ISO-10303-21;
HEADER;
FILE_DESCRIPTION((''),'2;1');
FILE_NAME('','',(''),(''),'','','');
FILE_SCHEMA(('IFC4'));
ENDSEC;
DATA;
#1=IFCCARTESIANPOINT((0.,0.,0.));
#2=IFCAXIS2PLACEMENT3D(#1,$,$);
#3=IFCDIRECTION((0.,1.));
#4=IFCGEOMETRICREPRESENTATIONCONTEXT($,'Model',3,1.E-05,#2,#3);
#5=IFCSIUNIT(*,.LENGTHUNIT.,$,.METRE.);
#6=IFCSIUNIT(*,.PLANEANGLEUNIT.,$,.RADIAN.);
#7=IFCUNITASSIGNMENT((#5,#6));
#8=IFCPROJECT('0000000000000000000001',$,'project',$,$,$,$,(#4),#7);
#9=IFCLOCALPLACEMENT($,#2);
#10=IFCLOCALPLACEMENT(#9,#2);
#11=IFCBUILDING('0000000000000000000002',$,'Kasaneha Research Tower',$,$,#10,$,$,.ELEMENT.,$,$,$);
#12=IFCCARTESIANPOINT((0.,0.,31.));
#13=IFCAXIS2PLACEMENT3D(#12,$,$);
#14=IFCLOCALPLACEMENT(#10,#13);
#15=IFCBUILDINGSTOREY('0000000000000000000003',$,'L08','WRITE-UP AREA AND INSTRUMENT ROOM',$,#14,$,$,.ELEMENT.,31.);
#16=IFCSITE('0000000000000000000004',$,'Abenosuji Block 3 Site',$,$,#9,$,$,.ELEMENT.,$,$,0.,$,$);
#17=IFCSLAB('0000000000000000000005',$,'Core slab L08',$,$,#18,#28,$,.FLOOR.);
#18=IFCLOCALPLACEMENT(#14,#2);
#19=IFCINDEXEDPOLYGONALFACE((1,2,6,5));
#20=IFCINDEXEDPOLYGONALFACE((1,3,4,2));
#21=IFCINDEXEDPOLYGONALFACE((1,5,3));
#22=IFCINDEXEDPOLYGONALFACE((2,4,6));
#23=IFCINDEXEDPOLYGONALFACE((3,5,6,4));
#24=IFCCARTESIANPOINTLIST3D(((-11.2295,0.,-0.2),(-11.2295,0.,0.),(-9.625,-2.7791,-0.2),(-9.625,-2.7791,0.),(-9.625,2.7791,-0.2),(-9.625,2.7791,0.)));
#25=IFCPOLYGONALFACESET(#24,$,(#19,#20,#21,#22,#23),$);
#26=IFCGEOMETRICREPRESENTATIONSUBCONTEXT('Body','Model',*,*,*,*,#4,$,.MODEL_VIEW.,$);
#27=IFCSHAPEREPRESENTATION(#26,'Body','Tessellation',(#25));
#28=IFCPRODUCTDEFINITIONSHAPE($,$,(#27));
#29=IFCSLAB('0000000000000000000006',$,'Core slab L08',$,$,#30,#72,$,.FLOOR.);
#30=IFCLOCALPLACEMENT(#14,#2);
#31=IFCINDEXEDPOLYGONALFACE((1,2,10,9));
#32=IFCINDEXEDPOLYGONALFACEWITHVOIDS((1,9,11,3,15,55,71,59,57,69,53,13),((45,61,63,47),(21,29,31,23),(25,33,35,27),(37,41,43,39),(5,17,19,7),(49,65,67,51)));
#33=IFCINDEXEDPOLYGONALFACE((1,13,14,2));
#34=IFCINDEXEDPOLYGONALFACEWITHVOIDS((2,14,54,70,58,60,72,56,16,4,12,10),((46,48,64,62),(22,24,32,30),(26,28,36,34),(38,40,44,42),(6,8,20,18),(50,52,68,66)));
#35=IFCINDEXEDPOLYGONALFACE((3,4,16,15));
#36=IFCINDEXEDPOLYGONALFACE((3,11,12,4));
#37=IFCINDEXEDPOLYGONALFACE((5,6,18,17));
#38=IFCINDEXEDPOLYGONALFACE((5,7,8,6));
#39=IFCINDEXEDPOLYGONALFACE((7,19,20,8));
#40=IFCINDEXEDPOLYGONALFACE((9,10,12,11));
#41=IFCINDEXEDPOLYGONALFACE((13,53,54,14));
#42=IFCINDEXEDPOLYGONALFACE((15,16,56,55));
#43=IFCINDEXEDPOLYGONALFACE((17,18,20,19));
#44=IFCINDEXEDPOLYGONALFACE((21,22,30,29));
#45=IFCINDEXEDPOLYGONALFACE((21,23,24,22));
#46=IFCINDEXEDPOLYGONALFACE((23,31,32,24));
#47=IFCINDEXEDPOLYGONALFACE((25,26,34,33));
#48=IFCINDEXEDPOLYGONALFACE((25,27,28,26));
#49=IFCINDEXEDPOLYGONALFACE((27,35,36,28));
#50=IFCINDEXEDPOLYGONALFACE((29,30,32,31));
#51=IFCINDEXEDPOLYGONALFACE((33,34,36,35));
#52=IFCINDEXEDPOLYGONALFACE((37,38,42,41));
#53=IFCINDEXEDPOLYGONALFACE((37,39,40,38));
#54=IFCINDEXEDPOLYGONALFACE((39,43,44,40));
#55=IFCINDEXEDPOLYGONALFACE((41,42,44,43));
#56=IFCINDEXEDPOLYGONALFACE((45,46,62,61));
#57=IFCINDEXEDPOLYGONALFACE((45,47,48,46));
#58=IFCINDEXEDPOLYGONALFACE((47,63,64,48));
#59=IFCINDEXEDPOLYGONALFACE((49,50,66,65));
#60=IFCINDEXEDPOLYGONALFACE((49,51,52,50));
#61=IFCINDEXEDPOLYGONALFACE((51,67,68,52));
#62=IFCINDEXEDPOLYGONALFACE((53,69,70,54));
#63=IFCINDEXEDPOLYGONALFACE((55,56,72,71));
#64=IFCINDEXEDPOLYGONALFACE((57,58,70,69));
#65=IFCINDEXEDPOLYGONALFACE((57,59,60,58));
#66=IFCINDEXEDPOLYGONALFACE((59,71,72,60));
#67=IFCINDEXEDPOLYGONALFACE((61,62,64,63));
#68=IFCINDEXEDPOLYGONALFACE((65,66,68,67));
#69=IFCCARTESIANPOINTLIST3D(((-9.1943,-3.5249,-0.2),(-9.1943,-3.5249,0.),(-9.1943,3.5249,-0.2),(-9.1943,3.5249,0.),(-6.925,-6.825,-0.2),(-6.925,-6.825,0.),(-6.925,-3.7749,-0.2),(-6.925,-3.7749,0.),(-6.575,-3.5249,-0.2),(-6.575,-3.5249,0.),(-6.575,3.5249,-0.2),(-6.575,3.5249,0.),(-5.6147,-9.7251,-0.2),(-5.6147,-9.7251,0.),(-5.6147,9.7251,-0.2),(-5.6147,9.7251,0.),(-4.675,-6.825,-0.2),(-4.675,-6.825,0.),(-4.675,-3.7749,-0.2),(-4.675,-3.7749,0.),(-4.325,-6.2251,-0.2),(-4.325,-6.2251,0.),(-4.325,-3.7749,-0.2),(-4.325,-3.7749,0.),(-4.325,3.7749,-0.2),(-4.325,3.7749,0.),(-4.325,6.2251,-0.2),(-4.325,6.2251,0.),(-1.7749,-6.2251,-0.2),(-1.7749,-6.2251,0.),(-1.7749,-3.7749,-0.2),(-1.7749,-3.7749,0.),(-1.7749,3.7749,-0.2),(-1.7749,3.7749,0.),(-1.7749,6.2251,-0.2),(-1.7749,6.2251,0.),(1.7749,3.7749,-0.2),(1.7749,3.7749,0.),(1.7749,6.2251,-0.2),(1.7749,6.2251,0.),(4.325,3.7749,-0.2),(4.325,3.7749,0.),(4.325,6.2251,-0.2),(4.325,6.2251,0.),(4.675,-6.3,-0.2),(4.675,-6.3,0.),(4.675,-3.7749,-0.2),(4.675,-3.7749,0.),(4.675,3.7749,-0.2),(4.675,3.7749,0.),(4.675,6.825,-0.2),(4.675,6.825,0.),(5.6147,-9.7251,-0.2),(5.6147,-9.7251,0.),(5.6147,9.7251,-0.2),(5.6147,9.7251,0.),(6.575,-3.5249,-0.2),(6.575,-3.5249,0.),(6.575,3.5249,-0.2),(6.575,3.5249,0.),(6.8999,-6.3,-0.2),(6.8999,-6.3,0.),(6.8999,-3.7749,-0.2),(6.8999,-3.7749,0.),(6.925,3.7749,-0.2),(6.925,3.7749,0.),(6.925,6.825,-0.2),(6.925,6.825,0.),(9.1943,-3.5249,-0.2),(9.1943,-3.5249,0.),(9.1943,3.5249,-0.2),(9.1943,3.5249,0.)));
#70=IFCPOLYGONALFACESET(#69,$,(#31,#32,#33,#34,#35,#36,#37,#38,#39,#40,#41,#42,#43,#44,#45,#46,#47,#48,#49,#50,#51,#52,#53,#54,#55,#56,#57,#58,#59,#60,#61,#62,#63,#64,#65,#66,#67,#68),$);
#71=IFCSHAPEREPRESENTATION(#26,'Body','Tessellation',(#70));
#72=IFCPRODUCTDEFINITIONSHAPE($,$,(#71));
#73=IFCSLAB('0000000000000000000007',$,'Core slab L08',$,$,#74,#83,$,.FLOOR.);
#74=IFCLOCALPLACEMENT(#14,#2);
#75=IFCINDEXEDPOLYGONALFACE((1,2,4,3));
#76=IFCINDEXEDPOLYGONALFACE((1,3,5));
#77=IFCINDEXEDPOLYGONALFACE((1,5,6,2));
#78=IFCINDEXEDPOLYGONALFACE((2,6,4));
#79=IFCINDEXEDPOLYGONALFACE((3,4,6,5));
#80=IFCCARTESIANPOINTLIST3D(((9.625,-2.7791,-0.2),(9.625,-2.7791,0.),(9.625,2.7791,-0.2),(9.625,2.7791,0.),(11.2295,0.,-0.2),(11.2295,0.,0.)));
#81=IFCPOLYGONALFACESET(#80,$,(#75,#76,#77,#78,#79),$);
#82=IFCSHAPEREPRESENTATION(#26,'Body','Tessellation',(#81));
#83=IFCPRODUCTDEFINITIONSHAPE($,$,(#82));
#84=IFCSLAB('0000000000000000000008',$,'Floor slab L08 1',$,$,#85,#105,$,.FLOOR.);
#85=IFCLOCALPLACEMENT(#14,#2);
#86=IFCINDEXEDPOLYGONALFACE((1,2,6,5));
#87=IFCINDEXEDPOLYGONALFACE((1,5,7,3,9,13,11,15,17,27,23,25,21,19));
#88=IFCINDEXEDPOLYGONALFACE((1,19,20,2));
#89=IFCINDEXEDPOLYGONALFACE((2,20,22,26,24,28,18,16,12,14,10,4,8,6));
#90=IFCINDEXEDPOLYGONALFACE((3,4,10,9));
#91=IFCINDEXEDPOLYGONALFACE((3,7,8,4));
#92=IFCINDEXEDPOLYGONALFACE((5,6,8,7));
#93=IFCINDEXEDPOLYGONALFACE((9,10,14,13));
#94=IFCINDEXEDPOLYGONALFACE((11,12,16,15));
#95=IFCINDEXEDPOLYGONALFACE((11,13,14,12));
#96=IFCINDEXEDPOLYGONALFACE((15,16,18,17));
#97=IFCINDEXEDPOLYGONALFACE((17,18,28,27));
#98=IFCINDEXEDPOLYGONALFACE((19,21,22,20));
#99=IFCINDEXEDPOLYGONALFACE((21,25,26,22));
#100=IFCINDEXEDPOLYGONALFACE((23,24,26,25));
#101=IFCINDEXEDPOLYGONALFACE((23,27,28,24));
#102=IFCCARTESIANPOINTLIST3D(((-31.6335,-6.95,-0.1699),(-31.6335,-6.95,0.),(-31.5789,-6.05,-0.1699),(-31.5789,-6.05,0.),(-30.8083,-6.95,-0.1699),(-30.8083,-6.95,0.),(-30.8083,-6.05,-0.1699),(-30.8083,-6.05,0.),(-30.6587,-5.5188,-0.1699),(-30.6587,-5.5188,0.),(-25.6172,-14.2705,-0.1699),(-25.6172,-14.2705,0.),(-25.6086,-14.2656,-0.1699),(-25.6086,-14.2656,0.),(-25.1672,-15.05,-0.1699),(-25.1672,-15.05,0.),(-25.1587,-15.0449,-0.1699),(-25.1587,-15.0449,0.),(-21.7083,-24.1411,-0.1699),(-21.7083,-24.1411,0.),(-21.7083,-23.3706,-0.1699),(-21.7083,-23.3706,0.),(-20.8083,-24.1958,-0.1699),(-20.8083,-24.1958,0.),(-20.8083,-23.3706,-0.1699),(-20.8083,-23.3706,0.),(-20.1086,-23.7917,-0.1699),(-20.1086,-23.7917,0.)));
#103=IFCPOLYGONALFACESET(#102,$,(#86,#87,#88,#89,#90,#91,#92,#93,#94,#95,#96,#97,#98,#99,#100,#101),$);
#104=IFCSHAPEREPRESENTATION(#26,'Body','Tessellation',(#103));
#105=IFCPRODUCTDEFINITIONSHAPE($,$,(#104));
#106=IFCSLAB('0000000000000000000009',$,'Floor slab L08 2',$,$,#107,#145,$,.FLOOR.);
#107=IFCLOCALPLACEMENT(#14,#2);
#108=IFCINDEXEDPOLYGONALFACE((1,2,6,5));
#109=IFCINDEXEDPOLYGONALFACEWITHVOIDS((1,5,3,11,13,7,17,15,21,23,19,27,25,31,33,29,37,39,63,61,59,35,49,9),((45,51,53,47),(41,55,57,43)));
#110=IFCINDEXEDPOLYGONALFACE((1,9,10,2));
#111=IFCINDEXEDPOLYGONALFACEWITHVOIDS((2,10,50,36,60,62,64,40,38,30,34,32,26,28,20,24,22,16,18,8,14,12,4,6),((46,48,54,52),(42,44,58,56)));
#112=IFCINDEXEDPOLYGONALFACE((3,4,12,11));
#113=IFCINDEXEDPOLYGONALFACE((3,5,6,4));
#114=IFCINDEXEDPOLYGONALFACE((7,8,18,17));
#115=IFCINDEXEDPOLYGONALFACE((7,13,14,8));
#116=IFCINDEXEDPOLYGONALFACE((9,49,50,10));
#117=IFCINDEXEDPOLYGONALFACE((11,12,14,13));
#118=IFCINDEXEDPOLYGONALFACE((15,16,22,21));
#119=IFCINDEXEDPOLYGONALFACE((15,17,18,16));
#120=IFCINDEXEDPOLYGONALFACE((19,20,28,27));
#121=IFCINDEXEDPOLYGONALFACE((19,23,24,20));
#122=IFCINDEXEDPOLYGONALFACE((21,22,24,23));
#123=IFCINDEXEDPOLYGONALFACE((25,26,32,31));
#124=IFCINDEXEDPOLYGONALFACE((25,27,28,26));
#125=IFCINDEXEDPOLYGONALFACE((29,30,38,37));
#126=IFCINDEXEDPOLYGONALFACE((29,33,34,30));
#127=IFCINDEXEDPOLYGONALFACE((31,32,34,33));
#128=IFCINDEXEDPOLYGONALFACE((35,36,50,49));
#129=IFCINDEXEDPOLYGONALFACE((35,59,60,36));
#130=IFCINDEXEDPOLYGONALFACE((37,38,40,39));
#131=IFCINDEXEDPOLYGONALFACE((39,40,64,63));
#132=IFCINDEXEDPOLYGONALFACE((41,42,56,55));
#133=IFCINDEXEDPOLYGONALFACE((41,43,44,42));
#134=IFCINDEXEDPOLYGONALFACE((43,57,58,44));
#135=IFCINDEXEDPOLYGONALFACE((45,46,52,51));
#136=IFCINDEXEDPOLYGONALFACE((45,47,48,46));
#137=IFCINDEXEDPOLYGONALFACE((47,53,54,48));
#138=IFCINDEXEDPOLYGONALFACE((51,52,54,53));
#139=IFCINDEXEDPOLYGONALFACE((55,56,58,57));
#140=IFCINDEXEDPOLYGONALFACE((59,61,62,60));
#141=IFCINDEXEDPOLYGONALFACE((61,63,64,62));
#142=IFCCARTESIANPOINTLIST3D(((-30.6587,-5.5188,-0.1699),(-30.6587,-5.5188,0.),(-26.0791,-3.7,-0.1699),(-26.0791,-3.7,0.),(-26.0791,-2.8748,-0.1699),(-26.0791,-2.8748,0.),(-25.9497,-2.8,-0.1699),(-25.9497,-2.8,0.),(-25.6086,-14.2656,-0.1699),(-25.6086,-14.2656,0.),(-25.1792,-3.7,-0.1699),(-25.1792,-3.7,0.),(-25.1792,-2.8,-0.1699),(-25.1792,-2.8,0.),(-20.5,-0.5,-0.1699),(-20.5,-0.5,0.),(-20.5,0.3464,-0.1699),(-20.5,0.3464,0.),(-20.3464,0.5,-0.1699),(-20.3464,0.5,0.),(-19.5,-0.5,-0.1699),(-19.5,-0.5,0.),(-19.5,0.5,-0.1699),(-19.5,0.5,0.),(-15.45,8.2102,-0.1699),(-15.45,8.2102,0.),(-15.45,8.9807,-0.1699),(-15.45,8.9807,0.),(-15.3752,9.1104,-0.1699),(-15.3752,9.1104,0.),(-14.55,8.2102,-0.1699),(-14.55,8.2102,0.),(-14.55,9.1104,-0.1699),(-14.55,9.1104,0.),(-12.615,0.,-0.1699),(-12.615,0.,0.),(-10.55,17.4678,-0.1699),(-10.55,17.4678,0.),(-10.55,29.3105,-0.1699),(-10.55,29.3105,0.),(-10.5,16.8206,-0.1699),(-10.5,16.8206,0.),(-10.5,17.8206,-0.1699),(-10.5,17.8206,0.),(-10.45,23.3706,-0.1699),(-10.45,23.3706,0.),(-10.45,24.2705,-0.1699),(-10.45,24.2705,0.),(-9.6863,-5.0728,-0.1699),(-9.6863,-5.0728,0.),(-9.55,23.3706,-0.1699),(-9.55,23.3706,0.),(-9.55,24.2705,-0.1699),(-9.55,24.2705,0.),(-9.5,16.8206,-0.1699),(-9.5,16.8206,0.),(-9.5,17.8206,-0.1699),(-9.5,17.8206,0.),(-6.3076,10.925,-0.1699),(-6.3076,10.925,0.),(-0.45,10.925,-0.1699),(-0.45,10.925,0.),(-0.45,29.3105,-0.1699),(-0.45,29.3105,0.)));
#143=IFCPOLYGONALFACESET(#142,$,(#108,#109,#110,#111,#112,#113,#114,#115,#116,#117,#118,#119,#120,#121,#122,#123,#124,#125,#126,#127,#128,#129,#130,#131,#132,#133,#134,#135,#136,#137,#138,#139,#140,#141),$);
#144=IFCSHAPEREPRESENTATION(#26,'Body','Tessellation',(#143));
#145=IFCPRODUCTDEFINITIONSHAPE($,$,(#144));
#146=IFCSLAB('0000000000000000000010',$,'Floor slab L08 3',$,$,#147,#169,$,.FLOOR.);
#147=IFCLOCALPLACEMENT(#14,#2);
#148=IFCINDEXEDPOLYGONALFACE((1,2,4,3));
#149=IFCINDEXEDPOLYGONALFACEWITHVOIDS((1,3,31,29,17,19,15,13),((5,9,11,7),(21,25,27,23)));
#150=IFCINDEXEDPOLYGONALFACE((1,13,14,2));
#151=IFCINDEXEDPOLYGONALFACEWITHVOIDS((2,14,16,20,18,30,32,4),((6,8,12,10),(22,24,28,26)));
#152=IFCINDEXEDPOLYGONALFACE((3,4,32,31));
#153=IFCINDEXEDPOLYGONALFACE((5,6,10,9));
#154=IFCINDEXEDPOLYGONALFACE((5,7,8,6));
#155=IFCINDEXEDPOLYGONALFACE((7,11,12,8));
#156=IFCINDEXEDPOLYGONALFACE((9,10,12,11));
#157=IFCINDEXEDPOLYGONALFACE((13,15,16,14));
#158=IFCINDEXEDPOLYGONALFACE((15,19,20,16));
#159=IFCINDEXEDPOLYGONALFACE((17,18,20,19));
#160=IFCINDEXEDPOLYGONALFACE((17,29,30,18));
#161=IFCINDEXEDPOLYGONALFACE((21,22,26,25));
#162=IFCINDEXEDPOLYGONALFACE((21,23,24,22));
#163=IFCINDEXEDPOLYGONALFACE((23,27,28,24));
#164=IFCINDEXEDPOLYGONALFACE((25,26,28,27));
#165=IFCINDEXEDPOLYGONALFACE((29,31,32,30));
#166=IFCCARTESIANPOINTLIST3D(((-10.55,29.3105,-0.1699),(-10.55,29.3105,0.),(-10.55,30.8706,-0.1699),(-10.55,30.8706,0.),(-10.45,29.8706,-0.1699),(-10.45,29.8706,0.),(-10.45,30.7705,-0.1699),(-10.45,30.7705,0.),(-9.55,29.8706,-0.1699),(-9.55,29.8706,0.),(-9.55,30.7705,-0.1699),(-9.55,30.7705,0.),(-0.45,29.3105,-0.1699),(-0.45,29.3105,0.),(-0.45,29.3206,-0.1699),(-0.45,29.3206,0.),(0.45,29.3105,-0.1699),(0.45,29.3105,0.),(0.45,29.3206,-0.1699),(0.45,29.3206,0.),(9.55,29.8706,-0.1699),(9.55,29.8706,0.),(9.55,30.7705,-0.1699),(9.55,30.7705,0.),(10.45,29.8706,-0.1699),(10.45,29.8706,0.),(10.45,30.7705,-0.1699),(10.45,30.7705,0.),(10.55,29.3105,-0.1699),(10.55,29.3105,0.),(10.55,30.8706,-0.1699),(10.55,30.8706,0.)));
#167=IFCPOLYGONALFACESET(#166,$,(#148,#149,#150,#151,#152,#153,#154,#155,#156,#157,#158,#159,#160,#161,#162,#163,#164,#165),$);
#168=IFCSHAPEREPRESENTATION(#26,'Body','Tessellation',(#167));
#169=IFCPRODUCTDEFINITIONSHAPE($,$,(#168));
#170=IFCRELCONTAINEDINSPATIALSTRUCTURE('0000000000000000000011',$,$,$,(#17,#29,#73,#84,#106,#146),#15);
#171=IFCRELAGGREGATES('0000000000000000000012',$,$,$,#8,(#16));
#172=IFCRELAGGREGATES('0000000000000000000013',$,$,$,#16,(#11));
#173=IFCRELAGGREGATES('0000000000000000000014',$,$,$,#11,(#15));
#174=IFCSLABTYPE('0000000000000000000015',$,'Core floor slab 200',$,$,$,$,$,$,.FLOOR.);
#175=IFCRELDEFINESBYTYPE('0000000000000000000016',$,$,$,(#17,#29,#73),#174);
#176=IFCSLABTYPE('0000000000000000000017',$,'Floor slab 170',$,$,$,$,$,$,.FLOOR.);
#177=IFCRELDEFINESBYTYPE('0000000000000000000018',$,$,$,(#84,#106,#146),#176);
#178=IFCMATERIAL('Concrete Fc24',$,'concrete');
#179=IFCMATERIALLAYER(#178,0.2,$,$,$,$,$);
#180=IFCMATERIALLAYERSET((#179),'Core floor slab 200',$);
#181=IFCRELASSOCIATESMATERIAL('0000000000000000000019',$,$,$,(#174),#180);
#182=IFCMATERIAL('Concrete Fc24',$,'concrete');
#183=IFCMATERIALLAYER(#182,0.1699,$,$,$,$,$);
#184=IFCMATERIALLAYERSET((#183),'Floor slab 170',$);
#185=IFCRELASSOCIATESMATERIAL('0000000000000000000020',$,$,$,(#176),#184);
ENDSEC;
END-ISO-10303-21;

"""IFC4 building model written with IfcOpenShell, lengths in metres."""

from ifc_helpers import new_model, si_unit, direction, frame, origin, place, context, subcontext, project, spatial, polyline, outline, extrude, material, layer, layer_set, type_object, element, save


model = new_model("IFC4")

# Units and contexts
model_context = context("Model", 3, precision=1e-05, world=origin(), true_north=direction((0.0, 1.0)))
body_context = subcontext(model_context, "Body", "Model", "MODEL_VIEW")
ifc_project = project(units=[si_unit("LENGTHUNIT", "METRE"), si_unit("PLANEANGLEUNIT", "RADIAN")], contexts=[model_context])

# Site, building, storey
site_placement = place(None, origin())
site = spatial("IfcSite", under=ifc_project, at=site_placement, Name="Abenosuji Block 3 Site", CompositionType="ELEMENT", RefElevation=0.0)
building_placement = place(site_placement, origin())
building = spatial("IfcBuilding", under=site, at=building_placement, Name="Kasaneha Research Tower", CompositionType="ELEMENT")
storey_placement = place(building_placement, frame((0.0, 0.0, 31.0)))
storey = spatial("IfcBuildingStorey", under=building, at=storey_placement, Name="L08", Description="WRITE-UP AREA AND INSTRUMENT ROOM", CompositionType="ELEMENT", Elevation=31.0)

# Slabs
ifc_material_1 = material(Name="Concrete Fc24", Category="concrete")
ifc_layer_1 = layer(ifc_material_1, 0.2)
ifc_layer_set_1 = layer_set([ifc_layer_1], Name="Core floor slab 200")
slab_type_1 = type_object("IfcSlabType", Name="Core floor slab 200", PredefinedType="FLOOR", material=ifc_layer_set_1)
slab_1_placement = place(storey_placement, frame((0.0, 0.0, -0.2)))
element("IfcSlab", 1, at=slab_1_placement, inside=storey, type_object=slab_type_1, Name="Core slab L08", PredefinedType="FLOOR", context=body_context, shape_type="SweptSolid", body=[
    extrude(outline(polyline([(-11.2295, 0.0), (-9.625, 2.7791), (-9.625, -2.7791), (-11.2295, 0.0)])), origin(), (0.0, 0.0, 1.0), 0.2),
])
slab_2_placement = place(storey_placement, frame((0.0, 0.0, -0.2)))
element("IfcSlab", 2, at=slab_2_placement, inside=storey, type_object=slab_type_1, Name="Core slab L08", PredefinedType="FLOOR", context=body_context, shape_type="SweptSolid", body=[
    extrude(outline(polyline([(-5.6147, 9.7251), (5.6147, 9.7251), (9.1943, 3.5249), (6.575, 3.5249), (6.575, -3.5249), (9.1943, -3.5249), (5.6147, -9.7251), (-5.6147, -9.7251), (-9.1943, -3.5249), (-6.575, -3.5249), (-6.575, 3.5249), (-9.1943, 3.5249), (-5.6147, 9.7251)]), holes=[polyline([(-6.925, -3.7749), (-6.925, -6.825), (-4.675, -6.825), (-4.675, -3.7749), (-6.925, -3.7749)]), polyline([(4.675, -3.7749), (4.675, -6.3), (6.8999, -6.3), (6.8999, -3.7749), (4.675, -3.7749)]), polyline([(-4.325, -3.7749), (-4.325, -6.2251), (-1.7749, -6.2251), (-1.7749, -3.7749), (-4.325, -3.7749)]), polyline([(-4.325, 6.2251), (-4.325, 3.7749), (-1.7749, 3.7749), (-1.7749, 6.2251), (-4.325, 6.2251)]), polyline([(1.7749, 6.2251), (1.7749, 3.7749), (4.325, 3.7749), (4.325, 6.2251), (1.7749, 6.2251)]), polyline([(4.675, 6.825), (4.675, 3.7749), (6.925, 3.7749), (6.925, 6.825), (4.675, 6.825)])]), origin(), (0.0, 0.0, 1.0), 0.2),
])
slab_3_placement = place(storey_placement, frame((0.0, 0.0, -0.2)))
element("IfcSlab", 3, at=slab_3_placement, inside=storey, type_object=slab_type_1, Name="Core slab L08", PredefinedType="FLOOR", context=body_context, shape_type="SweptSolid", body=[
    extrude(outline(polyline([(11.2295, 0.0), (9.625, -2.7791), (9.625, 2.7791), (11.2295, 0.0)])), origin(), (0.0, 0.0, 1.0), 0.2),
])
ifc_material_2 = material(Name="Concrete Fc24", Category="concrete")
ifc_layer_2 = layer(ifc_material_2, 0.1699)
ifc_layer_set_2 = layer_set([ifc_layer_2], Name="Floor slab 170")
slab_type_2 = type_object("IfcSlabType", Name="Floor slab 170", PredefinedType="FLOOR", material=ifc_layer_set_2)
slab_4_placement = place(storey_placement, frame((0.0, 0.0, -0.1699)))
element("IfcSlab", 4, at=slab_4_placement, inside=storey, type_object=slab_type_2, Name="Floor slab L08 1", PredefinedType="FLOOR", context=body_context, shape_type="SweptSolid", body=[
    extrude(outline(polyline([(-25.1672, -15.05), (-25.1587, -15.0449), (-20.1086, -23.7917), (-20.8083, -24.1958), (-20.8083, -23.3706), (-21.7083, -23.3706), (-21.7083, -24.1411), (-31.6335, -6.95), (-30.8083, -6.95), (-30.8083, -6.05), (-31.5789, -6.05), (-30.6587, -5.5188), (-25.6086, -14.2656), (-25.6172, -14.2705), (-25.1672, -15.05)])), origin(), (0.0, 0.0, 1.0), 0.1699),
])
slab_5_placement = place(storey_placement, frame((0.0, 0.0, -0.1699)))
element("IfcSlab", 5, at=slab_5_placement, inside=storey, type_object=slab_type_2, Name="Floor slab L08 2", PredefinedType="FLOOR", context=body_context, shape_type="SweptSolid", body=[
    extrude(outline(polyline([(-25.1792, -2.8), (-25.9497, -2.8), (-20.5, 0.3464), (-20.5, -0.5), (-19.5, -0.5), (-19.5, 0.5), (-20.3464, 0.5), (-15.45, 8.9807), (-15.45, 8.2102), (-14.55, 8.2102), (-14.55, 9.1104), (-15.3752, 9.1104), (-10.55, 17.4678), (-10.55, 29.3105), (-0.45, 29.3105), (-0.45, 10.925), (-6.3076, 10.925), (-12.615, 0.0), (-9.6863, -5.0728), (-25.6086, -14.2656), (-30.6587, -5.5188), (-26.0791, -2.8748), (-26.0791, -3.7), (-25.1792, -3.7), (-25.1792, -2.8)]), holes=[polyline([(-9.5, 16.8206), (-9.5, 17.8206), (-10.5, 17.8206), (-10.5, 16.8206), (-9.5, 16.8206)]), polyline([(-10.45, 23.3706), (-9.55, 23.3706), (-9.55, 24.2705), (-10.45, 24.2705), (-10.45, 23.3706)])]), origin(), (0.0, 0.0, 1.0), 0.1699),
])
slab_6_placement = place(storey_placement, frame((0.0, 0.0, -0.1699)))
element("IfcSlab", 6, at=slab_6_placement, inside=storey, type_object=slab_type_2, Name="Floor slab L08 3", PredefinedType="FLOOR", context=body_context, shape_type="SweptSolid", body=[
    extrude(outline(polyline([(10.55, 29.3105), (0.45, 29.3105), (0.45, 29.3206), (-0.45, 29.3206), (-0.45, 29.3105), (-10.55, 29.3105), (-10.55, 30.8706), (10.55, 30.8706), (10.55, 29.3105)]), holes=[polyline([(-9.55, 29.8706), (-9.55, 30.7705), (-10.45, 30.7705), (-10.45, 29.8706), (-9.55, 29.8706)]), polyline([(9.55, 29.8706), (10.45, 29.8706), (10.45, 30.7705), (9.55, 30.7705), (9.55, 29.8706)])]), origin(), (0.0, 0.0, 1.0), 0.1699),
])

save(model, "model.ifc")
